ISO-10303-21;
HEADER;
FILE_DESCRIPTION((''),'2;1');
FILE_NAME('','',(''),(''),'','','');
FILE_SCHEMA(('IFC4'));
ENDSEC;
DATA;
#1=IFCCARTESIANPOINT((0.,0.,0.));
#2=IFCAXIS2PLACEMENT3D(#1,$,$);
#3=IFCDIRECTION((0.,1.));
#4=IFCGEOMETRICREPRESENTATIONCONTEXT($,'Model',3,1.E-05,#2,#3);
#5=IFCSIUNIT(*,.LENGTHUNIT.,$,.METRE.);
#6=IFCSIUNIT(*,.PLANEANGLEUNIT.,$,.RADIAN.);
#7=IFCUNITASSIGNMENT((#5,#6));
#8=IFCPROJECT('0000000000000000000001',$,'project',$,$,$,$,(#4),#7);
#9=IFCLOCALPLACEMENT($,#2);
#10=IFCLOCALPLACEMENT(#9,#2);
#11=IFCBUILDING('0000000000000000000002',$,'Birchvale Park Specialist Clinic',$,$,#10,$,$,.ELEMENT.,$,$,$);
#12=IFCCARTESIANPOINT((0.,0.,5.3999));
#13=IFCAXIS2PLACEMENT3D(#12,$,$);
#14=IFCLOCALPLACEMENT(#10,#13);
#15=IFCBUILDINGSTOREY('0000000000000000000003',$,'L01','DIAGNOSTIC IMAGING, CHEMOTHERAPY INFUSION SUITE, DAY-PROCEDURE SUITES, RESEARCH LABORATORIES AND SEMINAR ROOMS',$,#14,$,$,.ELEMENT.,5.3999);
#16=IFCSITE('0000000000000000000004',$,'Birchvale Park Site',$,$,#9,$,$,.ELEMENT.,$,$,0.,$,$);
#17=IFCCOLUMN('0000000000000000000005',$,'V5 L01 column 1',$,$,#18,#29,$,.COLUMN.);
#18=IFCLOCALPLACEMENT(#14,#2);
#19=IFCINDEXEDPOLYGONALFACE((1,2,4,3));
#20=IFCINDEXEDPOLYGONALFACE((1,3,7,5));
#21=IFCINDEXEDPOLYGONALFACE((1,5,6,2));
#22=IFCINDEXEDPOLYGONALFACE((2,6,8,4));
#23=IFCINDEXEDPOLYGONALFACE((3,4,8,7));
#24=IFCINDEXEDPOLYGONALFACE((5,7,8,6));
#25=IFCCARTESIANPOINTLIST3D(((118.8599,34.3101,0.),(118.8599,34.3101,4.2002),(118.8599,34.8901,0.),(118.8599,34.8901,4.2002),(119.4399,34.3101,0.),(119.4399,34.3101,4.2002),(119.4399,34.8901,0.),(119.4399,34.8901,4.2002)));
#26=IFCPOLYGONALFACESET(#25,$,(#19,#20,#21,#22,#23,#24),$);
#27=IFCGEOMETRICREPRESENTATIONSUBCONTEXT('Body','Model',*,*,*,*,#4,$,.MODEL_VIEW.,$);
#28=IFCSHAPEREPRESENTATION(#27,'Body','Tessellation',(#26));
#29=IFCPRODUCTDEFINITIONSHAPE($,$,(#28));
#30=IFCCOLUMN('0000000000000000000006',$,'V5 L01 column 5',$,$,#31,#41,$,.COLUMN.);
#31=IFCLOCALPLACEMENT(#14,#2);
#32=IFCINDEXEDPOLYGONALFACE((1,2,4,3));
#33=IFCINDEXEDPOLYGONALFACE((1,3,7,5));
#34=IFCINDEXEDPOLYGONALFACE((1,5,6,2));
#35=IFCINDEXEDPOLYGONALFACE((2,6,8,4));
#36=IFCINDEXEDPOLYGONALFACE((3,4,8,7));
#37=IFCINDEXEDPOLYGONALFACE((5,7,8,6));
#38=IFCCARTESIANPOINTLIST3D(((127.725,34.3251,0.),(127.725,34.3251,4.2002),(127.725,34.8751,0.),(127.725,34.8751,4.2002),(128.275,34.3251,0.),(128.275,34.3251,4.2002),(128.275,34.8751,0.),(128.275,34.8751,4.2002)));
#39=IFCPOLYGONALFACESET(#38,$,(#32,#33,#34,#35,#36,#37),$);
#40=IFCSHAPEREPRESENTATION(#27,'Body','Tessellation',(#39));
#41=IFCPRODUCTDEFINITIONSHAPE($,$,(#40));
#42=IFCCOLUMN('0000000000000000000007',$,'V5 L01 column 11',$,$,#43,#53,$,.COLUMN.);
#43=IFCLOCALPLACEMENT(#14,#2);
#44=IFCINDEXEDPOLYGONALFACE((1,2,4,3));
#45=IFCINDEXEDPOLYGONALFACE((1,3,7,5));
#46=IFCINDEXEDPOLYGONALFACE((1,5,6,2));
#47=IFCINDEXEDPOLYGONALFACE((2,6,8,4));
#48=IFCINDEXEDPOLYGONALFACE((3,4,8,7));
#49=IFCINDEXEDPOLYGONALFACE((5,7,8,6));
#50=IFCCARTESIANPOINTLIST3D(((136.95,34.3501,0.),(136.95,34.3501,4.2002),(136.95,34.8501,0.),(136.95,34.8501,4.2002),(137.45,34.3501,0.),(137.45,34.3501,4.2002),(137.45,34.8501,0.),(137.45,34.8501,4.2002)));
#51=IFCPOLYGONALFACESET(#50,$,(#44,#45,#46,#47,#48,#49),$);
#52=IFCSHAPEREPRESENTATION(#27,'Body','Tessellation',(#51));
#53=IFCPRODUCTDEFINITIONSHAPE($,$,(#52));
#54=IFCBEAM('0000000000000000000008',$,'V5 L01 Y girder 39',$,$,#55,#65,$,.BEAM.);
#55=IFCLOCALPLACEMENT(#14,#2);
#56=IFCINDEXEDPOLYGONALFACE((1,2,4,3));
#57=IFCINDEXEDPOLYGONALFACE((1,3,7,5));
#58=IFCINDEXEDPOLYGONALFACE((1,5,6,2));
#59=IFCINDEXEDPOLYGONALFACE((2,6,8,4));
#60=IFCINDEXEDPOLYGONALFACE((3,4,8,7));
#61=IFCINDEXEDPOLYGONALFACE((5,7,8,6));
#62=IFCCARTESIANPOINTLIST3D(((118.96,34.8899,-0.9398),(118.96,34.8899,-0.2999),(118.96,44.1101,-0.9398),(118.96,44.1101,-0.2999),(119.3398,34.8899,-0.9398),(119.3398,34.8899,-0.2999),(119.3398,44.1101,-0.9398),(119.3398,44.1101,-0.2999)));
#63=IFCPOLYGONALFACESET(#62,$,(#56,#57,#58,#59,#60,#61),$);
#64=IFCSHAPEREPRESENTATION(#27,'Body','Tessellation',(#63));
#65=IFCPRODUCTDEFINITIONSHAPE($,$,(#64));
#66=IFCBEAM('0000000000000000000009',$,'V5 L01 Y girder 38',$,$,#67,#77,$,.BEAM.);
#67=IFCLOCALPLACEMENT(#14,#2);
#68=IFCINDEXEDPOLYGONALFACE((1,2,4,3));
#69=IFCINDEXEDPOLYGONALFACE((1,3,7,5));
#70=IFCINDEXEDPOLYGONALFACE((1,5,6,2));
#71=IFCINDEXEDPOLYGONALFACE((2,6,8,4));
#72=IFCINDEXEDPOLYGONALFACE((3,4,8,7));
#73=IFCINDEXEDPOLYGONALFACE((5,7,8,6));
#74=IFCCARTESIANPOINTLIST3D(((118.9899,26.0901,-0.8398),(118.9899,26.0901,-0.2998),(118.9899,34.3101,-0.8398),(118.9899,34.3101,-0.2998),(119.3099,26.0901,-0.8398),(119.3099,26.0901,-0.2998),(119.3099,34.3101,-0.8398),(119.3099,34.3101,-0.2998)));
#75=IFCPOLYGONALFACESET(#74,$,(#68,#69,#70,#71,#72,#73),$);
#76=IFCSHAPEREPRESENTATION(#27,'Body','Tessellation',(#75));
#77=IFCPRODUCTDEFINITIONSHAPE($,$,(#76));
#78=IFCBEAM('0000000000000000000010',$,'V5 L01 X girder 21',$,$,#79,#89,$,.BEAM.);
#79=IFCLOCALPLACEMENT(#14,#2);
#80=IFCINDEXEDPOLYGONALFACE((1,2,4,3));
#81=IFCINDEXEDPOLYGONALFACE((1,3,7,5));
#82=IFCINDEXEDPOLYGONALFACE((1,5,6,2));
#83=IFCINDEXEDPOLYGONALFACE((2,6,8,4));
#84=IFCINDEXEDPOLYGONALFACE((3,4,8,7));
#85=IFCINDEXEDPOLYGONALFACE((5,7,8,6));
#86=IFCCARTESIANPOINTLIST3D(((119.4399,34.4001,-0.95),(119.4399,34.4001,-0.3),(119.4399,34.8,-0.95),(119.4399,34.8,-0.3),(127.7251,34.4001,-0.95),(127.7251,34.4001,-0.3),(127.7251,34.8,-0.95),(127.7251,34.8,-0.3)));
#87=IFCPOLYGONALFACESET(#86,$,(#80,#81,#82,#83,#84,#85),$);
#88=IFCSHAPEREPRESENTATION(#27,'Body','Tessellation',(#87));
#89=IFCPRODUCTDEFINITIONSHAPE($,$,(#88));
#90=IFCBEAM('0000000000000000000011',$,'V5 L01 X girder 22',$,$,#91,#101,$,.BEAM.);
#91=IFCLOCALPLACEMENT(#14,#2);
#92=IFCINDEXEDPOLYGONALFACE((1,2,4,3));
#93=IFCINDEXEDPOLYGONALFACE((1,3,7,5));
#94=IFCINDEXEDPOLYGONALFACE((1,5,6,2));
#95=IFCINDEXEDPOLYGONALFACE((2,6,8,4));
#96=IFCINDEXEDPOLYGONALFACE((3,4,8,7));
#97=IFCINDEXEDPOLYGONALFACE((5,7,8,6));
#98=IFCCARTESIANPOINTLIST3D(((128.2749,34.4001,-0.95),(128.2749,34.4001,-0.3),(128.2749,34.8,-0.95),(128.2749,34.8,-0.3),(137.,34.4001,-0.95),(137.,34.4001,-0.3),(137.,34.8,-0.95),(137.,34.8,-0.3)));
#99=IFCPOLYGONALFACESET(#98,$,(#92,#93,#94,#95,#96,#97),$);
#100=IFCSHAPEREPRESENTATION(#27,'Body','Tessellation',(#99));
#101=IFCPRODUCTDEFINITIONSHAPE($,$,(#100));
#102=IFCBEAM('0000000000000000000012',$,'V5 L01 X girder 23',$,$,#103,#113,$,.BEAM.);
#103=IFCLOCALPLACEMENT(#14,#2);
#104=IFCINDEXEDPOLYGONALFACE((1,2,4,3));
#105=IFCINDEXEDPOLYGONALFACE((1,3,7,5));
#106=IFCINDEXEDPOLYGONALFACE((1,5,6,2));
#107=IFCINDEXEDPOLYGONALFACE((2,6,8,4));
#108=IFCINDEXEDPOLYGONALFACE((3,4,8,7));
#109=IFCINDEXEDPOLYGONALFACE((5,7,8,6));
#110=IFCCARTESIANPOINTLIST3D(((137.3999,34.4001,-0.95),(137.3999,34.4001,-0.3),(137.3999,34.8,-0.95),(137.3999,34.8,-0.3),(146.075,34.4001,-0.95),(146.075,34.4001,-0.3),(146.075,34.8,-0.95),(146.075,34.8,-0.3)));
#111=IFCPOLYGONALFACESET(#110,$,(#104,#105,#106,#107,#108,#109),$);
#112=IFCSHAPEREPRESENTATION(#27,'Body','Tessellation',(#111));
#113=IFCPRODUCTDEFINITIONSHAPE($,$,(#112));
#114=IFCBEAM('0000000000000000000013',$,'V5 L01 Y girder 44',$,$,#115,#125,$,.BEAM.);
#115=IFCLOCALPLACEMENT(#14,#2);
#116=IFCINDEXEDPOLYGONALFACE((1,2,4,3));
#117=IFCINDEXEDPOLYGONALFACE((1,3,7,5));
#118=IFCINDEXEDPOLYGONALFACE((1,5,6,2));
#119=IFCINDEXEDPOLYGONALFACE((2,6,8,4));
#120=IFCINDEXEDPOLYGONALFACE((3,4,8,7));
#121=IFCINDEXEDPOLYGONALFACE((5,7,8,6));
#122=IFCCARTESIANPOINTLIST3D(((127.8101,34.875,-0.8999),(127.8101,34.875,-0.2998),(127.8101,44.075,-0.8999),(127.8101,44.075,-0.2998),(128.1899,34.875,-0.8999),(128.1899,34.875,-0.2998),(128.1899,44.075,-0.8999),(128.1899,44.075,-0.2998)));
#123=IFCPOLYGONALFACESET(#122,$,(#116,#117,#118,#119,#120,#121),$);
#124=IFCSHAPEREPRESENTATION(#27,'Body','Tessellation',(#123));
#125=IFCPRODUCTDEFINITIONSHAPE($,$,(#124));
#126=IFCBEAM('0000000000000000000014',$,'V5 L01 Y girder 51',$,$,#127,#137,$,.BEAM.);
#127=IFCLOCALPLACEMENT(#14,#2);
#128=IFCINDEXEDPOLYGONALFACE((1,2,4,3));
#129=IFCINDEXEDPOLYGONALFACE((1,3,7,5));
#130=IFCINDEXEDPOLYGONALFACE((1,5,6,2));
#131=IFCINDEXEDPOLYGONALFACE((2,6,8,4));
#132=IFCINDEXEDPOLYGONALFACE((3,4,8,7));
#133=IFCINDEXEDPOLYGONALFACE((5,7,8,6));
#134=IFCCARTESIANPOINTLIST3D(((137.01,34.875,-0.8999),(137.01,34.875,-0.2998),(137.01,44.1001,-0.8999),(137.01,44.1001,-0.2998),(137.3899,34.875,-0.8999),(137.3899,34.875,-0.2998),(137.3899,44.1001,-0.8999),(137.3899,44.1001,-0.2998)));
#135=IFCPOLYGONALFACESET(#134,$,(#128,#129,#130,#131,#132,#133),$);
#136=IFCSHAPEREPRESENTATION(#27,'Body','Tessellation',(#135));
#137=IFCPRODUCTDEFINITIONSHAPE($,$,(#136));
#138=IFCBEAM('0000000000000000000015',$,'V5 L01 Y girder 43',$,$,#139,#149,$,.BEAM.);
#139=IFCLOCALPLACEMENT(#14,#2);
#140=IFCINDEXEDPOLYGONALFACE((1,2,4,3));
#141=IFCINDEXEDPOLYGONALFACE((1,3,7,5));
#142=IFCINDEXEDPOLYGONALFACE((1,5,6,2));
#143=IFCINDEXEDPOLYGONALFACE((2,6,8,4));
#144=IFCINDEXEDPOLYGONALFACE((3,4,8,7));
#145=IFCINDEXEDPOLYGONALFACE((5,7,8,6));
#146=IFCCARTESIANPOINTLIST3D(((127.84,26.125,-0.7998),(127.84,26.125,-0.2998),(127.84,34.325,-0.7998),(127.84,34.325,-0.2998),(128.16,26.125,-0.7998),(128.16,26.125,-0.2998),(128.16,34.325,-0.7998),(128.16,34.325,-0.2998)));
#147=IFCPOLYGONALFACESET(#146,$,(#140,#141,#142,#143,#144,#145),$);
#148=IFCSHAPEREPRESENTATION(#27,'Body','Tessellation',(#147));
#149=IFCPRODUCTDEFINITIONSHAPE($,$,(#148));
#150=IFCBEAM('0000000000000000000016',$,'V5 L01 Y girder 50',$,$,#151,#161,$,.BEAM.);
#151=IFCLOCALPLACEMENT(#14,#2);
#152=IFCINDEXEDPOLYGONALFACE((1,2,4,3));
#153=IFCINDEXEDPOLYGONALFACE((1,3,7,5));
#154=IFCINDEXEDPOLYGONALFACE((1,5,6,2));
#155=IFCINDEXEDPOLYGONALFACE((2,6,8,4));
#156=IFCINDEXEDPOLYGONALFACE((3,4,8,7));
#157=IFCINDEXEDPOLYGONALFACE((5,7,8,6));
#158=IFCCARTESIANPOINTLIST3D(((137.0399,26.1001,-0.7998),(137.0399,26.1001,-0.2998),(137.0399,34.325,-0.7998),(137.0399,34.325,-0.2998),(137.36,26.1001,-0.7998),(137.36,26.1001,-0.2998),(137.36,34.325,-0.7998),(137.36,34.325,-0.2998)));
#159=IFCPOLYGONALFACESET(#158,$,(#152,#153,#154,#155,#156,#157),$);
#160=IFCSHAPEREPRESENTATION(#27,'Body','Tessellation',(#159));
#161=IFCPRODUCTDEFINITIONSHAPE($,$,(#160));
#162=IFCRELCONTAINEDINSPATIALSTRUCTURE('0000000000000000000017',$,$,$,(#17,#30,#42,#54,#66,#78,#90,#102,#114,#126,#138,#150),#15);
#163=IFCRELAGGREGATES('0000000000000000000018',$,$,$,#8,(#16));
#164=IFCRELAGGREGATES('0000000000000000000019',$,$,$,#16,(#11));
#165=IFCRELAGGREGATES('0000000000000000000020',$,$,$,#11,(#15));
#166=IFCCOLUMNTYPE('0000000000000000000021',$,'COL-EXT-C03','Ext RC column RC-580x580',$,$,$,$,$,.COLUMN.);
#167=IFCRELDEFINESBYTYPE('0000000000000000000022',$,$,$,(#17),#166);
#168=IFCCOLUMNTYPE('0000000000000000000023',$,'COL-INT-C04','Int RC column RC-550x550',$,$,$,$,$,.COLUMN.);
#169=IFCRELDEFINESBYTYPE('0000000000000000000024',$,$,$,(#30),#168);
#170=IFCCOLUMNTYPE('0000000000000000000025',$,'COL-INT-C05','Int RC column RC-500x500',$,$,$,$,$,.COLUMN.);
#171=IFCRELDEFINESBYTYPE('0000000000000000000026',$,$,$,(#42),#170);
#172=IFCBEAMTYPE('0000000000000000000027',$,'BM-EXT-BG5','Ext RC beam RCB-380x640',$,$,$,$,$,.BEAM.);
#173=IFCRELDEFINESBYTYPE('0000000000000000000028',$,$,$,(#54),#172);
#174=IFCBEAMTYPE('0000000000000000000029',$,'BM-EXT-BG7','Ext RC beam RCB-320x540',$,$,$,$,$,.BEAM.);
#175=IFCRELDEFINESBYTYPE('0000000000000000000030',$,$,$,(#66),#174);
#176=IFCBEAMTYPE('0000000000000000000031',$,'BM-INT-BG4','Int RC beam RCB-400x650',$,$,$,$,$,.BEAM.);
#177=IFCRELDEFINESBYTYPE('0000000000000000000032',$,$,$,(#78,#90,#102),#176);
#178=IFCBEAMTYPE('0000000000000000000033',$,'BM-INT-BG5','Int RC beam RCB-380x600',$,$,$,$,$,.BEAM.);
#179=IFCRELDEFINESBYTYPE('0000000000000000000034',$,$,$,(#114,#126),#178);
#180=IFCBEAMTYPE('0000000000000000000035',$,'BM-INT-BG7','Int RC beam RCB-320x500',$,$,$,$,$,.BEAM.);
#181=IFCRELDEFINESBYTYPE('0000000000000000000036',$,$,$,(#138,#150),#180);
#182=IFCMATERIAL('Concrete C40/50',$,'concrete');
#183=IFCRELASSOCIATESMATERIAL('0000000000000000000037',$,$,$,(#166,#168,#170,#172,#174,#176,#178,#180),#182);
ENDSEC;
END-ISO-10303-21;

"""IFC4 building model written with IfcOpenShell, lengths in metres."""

from ifc_helpers import new_model, si_unit, direction, frame, origin, origin_2d, place, context, subcontext, project, spatial, rectangle, extrude, material, material_profile, profile_set, type_object, element, save


model = new_model("IFC4")

# Units and contexts
model_context = context("Model", 3, precision=1e-05, world=origin(), true_north=direction((0.0, 1.0)))
body_context = subcontext(model_context, "Body", "Model", "MODEL_VIEW")
ifc_project = project(units=[si_unit("LENGTHUNIT", "METRE"), si_unit("PLANEANGLEUNIT", "RADIAN")], contexts=[model_context])

# Site, building, storey
site_placement = place(None, origin())
site = spatial("IfcSite", under=ifc_project, at=site_placement, Name="Birchvale Park Site", CompositionType="ELEMENT", RefElevation=0.0)
building_placement = place(site_placement, origin())
building = spatial("IfcBuilding", under=site, at=building_placement, Name="Birchvale Park Specialist Clinic", CompositionType="ELEMENT")
storey_placement = place(building_placement, frame((0.0, 0.0, 5.3999)))
storey = spatial("IfcBuildingStorey", under=building, at=storey_placement, Name="L01", Description="DIAGNOSTIC IMAGING, CHEMOTHERAPY INFUSION SUITE, DAY-PROCEDURE SUITES, RESEARCH LABORATORIES AND SEMINAR ROOMS", CompositionType="ELEMENT", Elevation=5.3999)

# Columns
ifc_material_1 = material(Name="Concrete C40/50", Category="concrete")
ifc_material_profile_1 = material_profile(ifc_material_1, rectangle(XDim=0.5801, YDim=0.5801, at=origin_2d()), Name="RC-580x580")
ifc_profile_set_1 = profile_set([ifc_material_profile_1], Name="Concrete C40/50")
column_type_1 = type_object("IfcColumnType", Name="COL-EXT-C03", Description="Ext RC column RC-580x580", PredefinedType="COLUMN", material=ifc_profile_set_1)
column_1_placement = place(storey_placement, frame((119.1499, 34.6001, 0.0), z_axis=(0.0, 0.0, 1.0), x_axis=(1.0, 0.0, 0.0)))
element("IfcColumn", 1, at=column_1_placement, inside=storey, type_object=column_type_1, Name="V5 L01 column 1", PredefinedType="COLUMN", context=body_context, shape_type="SweptSolid", body=[
    extrude(rectangle(XDim=0.5801, YDim=0.5801, at=origin_2d()), origin(), (0.0, 0.0, 1.0), 4.2002),
])
ifc_material_profile_2 = material_profile(ifc_material_1, rectangle(XDim=0.55, YDim=0.55, at=origin_2d()), Name="RC-550x550")
ifc_profile_set_2 = profile_set([ifc_material_profile_2], Name="Concrete C40/50")
column_type_2 = type_object("IfcColumnType", Name="COL-INT-C04", Description="Int RC column RC-550x550", PredefinedType="COLUMN", material=ifc_profile_set_2)
column_2_placement = place(storey_placement, frame((128.0, 34.6001, 0.0), z_axis=(0.0, 0.0, 1.0), x_axis=(1.0, 0.0, 0.0)))
element("IfcColumn", 2, at=column_2_placement, inside=storey, type_object=column_type_2, Name="V5 L01 column 5", PredefinedType="COLUMN", context=body_context, shape_type="SweptSolid", body=[
    extrude(rectangle(XDim=0.55, YDim=0.55, at=origin_2d()), origin(), (0.0, 0.0, 1.0), 4.2002),
])
ifc_material_profile_3 = material_profile(ifc_material_1, rectangle(XDim=0.5, YDim=0.5, at=origin_2d()), Name="RC-500x500")
ifc_profile_set_3 = profile_set([ifc_material_profile_3], Name="Concrete C40/50")
column_type_3 = type_object("IfcColumnType", Name="COL-INT-C05", Description="Int RC column RC-500x500", PredefinedType="COLUMN", material=ifc_profile_set_3)
column_3_placement = place(storey_placement, frame((137.2, 34.6001, 0.0), z_axis=(0.0, 0.0, 1.0), x_axis=(1.0, 0.0, 0.0)))
element("IfcColumn", 3, at=column_3_placement, inside=storey, type_object=column_type_3, Name="V5 L01 column 11", PredefinedType="COLUMN", context=body_context, shape_type="SweptSolid", body=[
    extrude(rectangle(XDim=0.5, YDim=0.5, at=origin_2d()), origin(), (0.0, 0.0, 1.0), 4.2002),
])

# Beams
ifc_material_profile_4 = material_profile(ifc_material_1, rectangle(XDim=0.3799, YDim=0.6399, at=origin_2d()), Name="RCB-380x640")
ifc_profile_set_4 = profile_set([ifc_material_profile_4], Name="Concrete C40/50")
beam_type_1 = type_object("IfcBeamType", Name="BM-EXT-BG5", Description="Ext RC beam RCB-380x640", PredefinedType="BEAM", material=ifc_profile_set_4)
beam_1_placement = place(storey_placement, frame((119.1499, 34.8899, -0.6199), z_axis=(0.0, 1.0, 0.0), x_axis=(-1.0, 0.0, 0.0)))
element("IfcBeam", 4, at=beam_1_placement, inside=storey, type_object=beam_type_1, Name="V5 L01 Y girder 39", PredefinedType="BEAM", context=body_context, shape_type="SweptSolid", body=[
    extrude(rectangle(XDim=0.3799, YDim=0.6399, at=origin_2d()), origin(), (0.0, 0.0, 1.0), 9.2202),
])
ifc_material_profile_5 = material_profile(ifc_material_1, rectangle(XDim=0.3201, YDim=0.54, at=origin_2d()), Name="RCB-320x540")
ifc_profile_set_5 = profile_set([ifc_material_profile_5], Name="Concrete C40/50")
beam_type_2 = type_object("IfcBeamType", Name="BM-EXT-BG7", Description="Ext RC beam RCB-320x540", PredefinedType="BEAM", material=ifc_profile_set_5)
beam_2_placement = place(storey_placement, frame((119.1499, 26.0901, -0.5698), z_axis=(0.0, 1.0, 0.0), x_axis=(-1.0, 0.0, 0.0)))
element("IfcBeam", 5, at=beam_2_placement, inside=storey, type_object=beam_type_2, Name="V5 L01 Y girder 38", PredefinedType="BEAM", context=body_context, shape_type="SweptSolid", body=[
    extrude(rectangle(XDim=0.3201, YDim=0.54, at=origin_2d()), origin(), (0.0, 0.0, 1.0), 8.22),
])
ifc_material_profile_6 = material_profile(ifc_material_1, rectangle(XDim=0.3999, YDim=0.6499, at=origin_2d()), Name="RCB-400x650")
ifc_profile_set_6 = profile_set([ifc_material_profile_6], Name="Concrete C40/50")
beam_type_3 = type_object("IfcBeamType", Name="BM-INT-BG4", Description="Int RC beam RCB-400x650", PredefinedType="BEAM", material=ifc_profile_set_6)
beam_3_placement = place(storey_placement, frame((119.4399, 34.6001, -0.625), z_axis=(1.0, 0.0, 0.0), x_axis=(0.0, 1.0, 0.0)))
element("IfcBeam", 6, at=beam_3_placement, inside=storey, type_object=beam_type_3, Name="V5 L01 X girder 21", PredefinedType="BEAM", context=body_context, shape_type="SweptSolid", body=[
    extrude(rectangle(XDim=0.3999, YDim=0.6499, at=origin_2d()), origin(), (0.0, 0.0, 1.0), 8.2852),
])
beam_4_placement = place(storey_placement, frame((128.2749, 34.6001, -0.625), z_axis=(1.0, 0.0, 0.0), x_axis=(0.0, 1.0, 0.0)))
element("IfcBeam", 7, at=beam_4_placement, inside=storey, type_object=beam_type_3, Name="V5 L01 X girder 22", PredefinedType="BEAM", context=body_context, shape_type="SweptSolid", body=[
    extrude(rectangle(XDim=0.3999, YDim=0.6499, at=origin_2d()), origin(), (0.0, 0.0, 1.0), 8.7251),
])
beam_5_placement = place(storey_placement, frame((137.3999, 34.6001, -0.625), z_axis=(1.0, 0.0, 0.0), x_axis=(0.0, 1.0, 0.0)))
element("IfcBeam", 8, at=beam_5_placement, inside=storey, type_object=beam_type_3, Name="V5 L01 X girder 23", PredefinedType="BEAM", context=body_context, shape_type="SweptSolid", body=[
    extrude(rectangle(XDim=0.3999, YDim=0.6499, at=origin_2d()), origin(), (0.0, 0.0, 1.0), 8.675),
])
ifc_material_profile_7 = material_profile(ifc_material_1, rectangle(XDim=0.3799, YDim=0.6001, at=origin_2d()), Name="RCB-380x600")
ifc_profile_set_7 = profile_set([ifc_material_profile_7], Name="Concrete C40/50")
beam_type_4 = type_object("IfcBeamType", Name="BM-INT-BG5", Description="Int RC beam RCB-380x600", PredefinedType="BEAM", material=ifc_profile_set_7)
beam_6_placement = place(storey_placement, frame((128.0, 34.875, -0.5999), z_axis=(0.0, 1.0, 0.0), x_axis=(-1.0, 0.0, 0.0)))
element("IfcBeam", 9, at=beam_6_placement, inside=storey, type_object=beam_type_4, Name="V5 L01 Y girder 44", PredefinedType="BEAM", context=body_context, shape_type="SweptSolid", body=[
    extrude(rectangle(XDim=0.3799, YDim=0.6001, at=origin_2d()), origin(), (0.0, 0.0, 1.0), 9.2),
])
beam_7_placement = place(storey_placement, frame((137.2, 34.875, -0.5999), z_axis=(0.0, 1.0, 0.0), x_axis=(-1.0, 0.0, 0.0)))
element("IfcBeam", 10, at=beam_7_placement, inside=storey, type_object=beam_type_4, Name="V5 L01 Y girder 51", PredefinedType="BEAM", context=body_context, shape_type="SweptSolid", body=[
    extrude(rectangle(XDim=0.3799, YDim=0.6001, at=origin_2d()), origin(), (0.0, 0.0, 1.0), 9.2251),
])
ifc_material_profile_8 = material_profile(ifc_material_1, rectangle(XDim=0.3201, YDim=0.5, at=origin_2d()), Name="RCB-320x500")
ifc_profile_set_8 = profile_set([ifc_material_profile_8], Name="Concrete C40/50")
beam_type_5 = type_object("IfcBeamType", Name="BM-INT-BG7", Description="Int RC beam RCB-320x500", PredefinedType="BEAM", material=ifc_profile_set_8)
beam_8_placement = place(storey_placement, frame((128.0, 26.125, -0.5498), z_axis=(0.0, 1.0, 0.0), x_axis=(-1.0, 0.0, 0.0)))
element("IfcBeam", 11, at=beam_8_placement, inside=storey, type_object=beam_type_5, Name="V5 L01 Y girder 43", PredefinedType="BEAM", context=body_context, shape_type="SweptSolid", body=[
    extrude(rectangle(XDim=0.3201, YDim=0.5, at=origin_2d()), origin(), (0.0, 0.0, 1.0), 8.2),
])
beam_9_placement = place(storey_placement, frame((137.2, 26.1001, -0.5498), z_axis=(0.0, 1.0, 0.0), x_axis=(-1.0, 0.0, 0.0)))
element("IfcBeam", 12, at=beam_9_placement, inside=storey, type_object=beam_type_5, Name="V5 L01 Y girder 50", PredefinedType="BEAM", context=body_context, shape_type="SweptSolid", body=[
    extrude(rectangle(XDim=0.3201, YDim=0.5, at=origin_2d()), origin(), (0.0, 0.0, 1.0), 8.2249),
])

save(model, "model.ifc")
